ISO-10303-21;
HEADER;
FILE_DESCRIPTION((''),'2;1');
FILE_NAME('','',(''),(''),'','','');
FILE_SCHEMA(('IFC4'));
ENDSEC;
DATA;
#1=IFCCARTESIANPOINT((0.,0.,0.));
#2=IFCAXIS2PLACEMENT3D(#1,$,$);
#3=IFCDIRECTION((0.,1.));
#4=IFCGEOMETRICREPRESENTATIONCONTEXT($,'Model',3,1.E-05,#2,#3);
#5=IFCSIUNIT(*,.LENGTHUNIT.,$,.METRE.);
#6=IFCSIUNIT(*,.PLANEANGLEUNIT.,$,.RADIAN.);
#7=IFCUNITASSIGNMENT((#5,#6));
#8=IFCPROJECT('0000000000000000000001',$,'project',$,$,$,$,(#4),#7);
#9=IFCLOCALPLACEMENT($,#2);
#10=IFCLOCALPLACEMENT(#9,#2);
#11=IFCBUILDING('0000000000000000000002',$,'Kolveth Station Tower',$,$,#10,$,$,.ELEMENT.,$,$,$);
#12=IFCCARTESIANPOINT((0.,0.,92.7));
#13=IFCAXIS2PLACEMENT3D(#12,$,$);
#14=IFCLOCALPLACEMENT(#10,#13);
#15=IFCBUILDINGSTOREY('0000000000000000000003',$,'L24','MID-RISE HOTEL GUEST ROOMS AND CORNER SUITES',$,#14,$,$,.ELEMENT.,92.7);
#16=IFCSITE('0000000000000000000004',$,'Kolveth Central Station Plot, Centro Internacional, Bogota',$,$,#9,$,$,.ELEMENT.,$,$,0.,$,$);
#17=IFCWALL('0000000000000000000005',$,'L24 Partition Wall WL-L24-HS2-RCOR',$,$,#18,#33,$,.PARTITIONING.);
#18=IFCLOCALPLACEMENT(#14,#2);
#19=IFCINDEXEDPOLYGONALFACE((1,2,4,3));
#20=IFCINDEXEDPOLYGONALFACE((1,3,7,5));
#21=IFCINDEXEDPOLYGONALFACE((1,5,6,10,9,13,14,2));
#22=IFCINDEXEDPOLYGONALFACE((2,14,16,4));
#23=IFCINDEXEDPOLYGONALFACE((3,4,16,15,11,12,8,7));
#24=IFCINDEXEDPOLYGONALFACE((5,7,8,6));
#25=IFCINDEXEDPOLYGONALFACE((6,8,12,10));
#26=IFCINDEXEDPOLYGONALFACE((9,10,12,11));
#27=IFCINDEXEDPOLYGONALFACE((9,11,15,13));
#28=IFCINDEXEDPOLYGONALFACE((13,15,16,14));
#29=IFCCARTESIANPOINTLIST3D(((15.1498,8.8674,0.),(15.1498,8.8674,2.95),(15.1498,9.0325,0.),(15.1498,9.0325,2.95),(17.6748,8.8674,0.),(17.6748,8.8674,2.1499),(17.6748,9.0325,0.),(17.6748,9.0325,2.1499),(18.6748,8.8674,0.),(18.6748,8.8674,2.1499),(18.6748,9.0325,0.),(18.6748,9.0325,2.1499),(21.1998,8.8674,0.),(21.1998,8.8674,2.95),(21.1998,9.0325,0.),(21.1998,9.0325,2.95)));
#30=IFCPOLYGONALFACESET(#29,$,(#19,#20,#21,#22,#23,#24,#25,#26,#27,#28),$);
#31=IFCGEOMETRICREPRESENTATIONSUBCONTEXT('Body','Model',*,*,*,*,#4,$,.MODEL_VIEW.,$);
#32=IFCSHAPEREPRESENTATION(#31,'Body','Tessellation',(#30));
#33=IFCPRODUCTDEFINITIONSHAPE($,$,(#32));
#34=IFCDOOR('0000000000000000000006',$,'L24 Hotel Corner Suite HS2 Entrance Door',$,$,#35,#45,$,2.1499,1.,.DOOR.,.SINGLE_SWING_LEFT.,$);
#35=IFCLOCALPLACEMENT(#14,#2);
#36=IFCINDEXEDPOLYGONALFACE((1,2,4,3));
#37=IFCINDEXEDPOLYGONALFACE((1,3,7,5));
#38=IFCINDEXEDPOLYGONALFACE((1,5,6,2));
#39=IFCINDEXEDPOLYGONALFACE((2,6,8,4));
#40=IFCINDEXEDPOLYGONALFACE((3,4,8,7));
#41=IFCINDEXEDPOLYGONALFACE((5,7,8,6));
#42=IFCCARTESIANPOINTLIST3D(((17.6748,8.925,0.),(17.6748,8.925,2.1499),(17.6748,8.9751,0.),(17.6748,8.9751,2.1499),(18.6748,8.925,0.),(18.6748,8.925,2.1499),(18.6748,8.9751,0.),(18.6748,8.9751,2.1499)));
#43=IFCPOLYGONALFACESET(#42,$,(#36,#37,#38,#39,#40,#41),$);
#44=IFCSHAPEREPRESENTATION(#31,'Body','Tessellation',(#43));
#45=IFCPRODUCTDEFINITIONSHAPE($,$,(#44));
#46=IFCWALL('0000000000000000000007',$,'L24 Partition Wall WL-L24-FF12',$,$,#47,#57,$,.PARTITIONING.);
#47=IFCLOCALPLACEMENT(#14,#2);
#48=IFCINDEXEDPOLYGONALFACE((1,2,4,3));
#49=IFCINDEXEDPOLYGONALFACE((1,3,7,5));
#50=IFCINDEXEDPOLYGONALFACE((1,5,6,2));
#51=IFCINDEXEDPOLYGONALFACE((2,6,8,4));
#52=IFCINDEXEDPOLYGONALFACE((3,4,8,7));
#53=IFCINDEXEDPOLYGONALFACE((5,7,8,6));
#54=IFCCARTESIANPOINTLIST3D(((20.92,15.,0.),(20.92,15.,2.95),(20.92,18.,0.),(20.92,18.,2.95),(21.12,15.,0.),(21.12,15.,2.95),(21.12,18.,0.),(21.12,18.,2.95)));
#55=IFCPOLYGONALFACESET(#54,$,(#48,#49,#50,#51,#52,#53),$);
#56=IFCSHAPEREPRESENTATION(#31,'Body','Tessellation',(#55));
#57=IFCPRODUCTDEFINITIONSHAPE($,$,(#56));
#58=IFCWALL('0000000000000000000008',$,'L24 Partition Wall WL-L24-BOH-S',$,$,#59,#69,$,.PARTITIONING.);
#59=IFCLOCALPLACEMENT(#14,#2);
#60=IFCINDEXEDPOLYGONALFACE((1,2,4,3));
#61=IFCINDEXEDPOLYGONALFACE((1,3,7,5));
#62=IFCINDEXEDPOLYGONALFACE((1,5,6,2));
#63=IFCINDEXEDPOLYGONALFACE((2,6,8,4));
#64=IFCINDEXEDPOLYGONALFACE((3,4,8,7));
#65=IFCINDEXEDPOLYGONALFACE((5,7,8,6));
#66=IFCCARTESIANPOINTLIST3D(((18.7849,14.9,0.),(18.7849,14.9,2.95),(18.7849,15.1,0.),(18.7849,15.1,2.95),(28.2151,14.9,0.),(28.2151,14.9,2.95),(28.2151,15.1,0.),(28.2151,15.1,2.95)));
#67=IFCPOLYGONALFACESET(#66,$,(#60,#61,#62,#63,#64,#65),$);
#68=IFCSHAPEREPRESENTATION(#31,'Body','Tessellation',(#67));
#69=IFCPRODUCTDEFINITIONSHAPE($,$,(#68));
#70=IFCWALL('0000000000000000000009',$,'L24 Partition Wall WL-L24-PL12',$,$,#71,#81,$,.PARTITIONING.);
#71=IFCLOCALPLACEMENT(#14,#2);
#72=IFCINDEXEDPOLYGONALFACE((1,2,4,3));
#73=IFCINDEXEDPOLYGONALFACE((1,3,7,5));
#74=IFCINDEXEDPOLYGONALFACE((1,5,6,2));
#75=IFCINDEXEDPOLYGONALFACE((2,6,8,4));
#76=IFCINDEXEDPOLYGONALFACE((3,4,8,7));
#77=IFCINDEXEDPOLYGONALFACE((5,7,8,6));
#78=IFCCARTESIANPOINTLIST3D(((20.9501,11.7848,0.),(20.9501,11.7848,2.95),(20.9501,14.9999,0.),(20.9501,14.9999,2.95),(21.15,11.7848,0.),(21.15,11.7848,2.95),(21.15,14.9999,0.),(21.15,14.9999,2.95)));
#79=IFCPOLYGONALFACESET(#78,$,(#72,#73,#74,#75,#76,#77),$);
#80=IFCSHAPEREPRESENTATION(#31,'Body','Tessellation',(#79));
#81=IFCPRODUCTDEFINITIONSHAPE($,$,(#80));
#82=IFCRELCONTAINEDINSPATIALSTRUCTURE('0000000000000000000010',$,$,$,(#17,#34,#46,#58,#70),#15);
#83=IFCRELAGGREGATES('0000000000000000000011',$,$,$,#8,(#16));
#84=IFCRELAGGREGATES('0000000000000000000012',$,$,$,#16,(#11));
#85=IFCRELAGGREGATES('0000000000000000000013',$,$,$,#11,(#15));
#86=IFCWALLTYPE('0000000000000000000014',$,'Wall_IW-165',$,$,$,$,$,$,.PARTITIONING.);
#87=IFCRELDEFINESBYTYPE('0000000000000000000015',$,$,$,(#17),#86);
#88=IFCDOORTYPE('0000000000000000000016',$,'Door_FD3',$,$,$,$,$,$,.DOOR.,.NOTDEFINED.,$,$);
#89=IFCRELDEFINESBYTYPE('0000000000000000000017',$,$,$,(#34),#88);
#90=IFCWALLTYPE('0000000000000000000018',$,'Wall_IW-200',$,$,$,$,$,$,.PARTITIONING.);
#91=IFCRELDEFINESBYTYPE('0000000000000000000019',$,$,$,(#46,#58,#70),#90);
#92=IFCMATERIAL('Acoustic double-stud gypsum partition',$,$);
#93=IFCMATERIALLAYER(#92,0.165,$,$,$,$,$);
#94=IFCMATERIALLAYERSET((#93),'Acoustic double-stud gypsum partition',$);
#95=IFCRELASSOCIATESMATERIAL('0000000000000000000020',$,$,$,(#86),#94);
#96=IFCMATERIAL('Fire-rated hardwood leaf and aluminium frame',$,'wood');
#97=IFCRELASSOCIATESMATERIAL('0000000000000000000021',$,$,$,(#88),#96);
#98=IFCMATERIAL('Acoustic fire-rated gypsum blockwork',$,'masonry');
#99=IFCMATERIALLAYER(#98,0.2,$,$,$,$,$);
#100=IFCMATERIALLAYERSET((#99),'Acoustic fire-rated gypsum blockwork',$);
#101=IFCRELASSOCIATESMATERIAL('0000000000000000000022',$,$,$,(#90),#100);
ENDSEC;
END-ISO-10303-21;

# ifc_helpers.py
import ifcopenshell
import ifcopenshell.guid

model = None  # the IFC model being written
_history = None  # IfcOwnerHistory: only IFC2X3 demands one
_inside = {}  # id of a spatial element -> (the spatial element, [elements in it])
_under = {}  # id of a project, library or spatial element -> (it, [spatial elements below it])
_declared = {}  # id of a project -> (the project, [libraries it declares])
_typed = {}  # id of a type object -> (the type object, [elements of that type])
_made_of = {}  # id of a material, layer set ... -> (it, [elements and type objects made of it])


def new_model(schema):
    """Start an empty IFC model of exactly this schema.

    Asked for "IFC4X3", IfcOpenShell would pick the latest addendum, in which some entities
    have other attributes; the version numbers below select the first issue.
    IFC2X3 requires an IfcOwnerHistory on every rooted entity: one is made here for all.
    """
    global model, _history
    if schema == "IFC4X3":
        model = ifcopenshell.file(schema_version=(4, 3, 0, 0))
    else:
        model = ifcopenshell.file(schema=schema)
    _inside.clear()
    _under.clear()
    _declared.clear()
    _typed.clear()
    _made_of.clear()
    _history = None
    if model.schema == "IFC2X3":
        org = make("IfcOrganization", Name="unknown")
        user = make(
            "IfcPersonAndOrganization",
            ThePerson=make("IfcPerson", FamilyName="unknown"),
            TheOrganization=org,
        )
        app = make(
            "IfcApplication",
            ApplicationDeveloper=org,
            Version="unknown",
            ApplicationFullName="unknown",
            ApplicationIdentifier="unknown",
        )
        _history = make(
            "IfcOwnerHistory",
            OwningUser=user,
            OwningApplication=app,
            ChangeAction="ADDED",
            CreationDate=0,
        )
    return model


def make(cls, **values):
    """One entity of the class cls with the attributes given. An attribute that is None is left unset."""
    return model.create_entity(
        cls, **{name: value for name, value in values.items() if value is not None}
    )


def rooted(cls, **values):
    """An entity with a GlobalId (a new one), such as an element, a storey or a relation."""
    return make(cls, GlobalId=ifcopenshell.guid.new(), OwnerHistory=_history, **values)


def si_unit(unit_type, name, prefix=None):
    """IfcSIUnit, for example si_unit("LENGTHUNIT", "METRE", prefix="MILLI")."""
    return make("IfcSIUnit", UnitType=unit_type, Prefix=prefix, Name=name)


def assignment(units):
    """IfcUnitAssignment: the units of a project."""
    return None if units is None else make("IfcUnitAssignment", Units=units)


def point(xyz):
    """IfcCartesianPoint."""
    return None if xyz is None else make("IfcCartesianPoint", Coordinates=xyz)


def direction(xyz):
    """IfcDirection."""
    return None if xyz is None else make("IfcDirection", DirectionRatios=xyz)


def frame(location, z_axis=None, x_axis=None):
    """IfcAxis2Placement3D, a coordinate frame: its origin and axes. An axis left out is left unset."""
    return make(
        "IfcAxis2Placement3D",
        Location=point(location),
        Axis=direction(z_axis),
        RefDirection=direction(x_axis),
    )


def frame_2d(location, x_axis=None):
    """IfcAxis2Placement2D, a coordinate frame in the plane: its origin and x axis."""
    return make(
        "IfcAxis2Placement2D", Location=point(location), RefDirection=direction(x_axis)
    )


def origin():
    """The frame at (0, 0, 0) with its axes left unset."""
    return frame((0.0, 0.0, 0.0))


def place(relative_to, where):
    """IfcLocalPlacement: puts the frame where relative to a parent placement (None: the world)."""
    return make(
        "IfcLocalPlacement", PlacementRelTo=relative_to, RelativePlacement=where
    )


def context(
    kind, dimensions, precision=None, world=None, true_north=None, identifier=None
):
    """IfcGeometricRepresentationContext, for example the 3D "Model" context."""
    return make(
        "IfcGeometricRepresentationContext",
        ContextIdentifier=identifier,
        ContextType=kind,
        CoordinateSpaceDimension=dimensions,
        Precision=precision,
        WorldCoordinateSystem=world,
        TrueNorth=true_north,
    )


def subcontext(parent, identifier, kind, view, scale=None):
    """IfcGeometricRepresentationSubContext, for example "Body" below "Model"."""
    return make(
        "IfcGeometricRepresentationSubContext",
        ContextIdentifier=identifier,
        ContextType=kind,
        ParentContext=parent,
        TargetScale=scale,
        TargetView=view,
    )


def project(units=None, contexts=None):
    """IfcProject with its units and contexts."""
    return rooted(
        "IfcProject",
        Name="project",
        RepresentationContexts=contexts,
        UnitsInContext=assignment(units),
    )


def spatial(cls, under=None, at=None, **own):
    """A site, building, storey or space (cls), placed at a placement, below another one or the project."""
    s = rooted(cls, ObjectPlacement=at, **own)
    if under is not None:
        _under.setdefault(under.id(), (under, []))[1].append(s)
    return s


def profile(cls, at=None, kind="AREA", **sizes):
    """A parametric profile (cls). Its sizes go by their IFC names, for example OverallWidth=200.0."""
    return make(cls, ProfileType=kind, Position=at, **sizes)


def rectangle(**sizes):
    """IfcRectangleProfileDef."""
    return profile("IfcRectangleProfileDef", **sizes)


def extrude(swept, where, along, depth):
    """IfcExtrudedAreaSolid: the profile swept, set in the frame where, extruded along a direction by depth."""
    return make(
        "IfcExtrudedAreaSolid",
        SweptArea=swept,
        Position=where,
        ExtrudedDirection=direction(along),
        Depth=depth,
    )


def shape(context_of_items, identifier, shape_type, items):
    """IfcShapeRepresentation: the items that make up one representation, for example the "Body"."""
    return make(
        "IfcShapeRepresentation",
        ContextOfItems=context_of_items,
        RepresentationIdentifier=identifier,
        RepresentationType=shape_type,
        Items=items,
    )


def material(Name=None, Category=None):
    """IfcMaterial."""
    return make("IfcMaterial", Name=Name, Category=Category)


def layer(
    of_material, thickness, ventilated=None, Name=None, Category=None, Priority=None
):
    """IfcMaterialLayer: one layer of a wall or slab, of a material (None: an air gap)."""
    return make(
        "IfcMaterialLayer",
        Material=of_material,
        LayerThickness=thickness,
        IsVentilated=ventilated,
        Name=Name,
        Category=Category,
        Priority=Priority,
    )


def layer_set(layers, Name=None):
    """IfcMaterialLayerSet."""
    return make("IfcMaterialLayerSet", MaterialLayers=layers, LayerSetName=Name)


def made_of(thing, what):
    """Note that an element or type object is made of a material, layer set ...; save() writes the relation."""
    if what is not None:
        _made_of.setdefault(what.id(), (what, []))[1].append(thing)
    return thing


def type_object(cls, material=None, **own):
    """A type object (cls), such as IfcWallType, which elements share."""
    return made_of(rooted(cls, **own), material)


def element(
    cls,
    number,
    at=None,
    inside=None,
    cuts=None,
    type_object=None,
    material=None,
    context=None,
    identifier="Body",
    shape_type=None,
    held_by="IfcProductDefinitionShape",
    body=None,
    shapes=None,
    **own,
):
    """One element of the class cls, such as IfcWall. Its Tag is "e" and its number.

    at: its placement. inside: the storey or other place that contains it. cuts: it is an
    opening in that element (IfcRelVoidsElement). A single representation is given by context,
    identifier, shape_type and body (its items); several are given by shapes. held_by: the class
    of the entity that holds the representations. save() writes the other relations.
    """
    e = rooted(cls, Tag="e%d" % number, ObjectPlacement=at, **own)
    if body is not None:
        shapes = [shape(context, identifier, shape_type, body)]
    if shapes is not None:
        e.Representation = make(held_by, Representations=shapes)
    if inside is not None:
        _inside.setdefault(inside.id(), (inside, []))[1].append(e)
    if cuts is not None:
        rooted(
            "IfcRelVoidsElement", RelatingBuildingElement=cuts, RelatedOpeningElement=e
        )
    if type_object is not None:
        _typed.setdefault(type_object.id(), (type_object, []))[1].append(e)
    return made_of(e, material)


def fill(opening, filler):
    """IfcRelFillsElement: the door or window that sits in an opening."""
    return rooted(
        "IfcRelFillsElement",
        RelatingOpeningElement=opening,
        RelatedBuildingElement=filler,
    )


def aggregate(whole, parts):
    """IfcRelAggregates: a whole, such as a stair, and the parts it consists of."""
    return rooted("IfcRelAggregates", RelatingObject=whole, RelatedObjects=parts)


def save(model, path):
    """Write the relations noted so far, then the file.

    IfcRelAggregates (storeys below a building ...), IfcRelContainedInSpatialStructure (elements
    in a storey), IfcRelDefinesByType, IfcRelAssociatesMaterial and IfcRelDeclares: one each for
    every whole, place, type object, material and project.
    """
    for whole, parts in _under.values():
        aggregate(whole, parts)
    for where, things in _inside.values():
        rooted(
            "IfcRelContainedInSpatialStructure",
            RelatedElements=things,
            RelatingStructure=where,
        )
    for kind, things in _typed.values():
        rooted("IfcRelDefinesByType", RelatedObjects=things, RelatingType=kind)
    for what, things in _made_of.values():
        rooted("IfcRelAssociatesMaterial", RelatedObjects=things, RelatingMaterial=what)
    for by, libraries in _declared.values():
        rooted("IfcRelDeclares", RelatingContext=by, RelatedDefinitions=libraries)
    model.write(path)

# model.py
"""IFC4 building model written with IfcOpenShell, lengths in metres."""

from ifc_helpers import new_model, si_unit, direction, frame, frame_2d, origin, place, context, subcontext, project, spatial, rectangle, extrude, material, layer, layer_set, type_object, element, fill, save


model = new_model("IFC4")

# Units and contexts
model_context = context("Model", 3, precision=1e-05, world=origin(), true_north=direction((0.0, 1.0)))
body_context = subcontext(model_context, "Body", "Model", "MODEL_VIEW")
ifc_project = project(units=[si_unit("LENGTHUNIT", "METRE"), si_unit("PLANEANGLEUNIT", "RADIAN")], contexts=[model_context])

# Site, building, storey
site_placement = place(None, origin())
site = spatial("IfcSite", under=ifc_project, at=site_placement, Name="Kolveth Central Station Plot, Centro Internacional, Bogota", CompositionType="ELEMENT", RefElevation=0.0)
building_placement = place(site_placement, origin())
building = spatial("IfcBuilding", under=site, at=building_placement, Name="Kolveth Station Tower", CompositionType="ELEMENT")
storey_placement = place(building_placement, frame((0.0, 0.0, 92.7)))
storey = spatial("IfcBuildingStorey", under=building, at=storey_placement, Name="L24", Description="MID-RISE HOTEL GUEST ROOMS AND CORNER SUITES", CompositionType="ELEMENT", Elevation=92.7)

# Shared definitions
ifc_material_1 = material(Name="Acoustic double-stud gypsum partition")
ifc_layer_1 = layer(ifc_material_1, 0.165)
ifc_layer_set_1 = layer_set([ifc_layer_1], Name="Acoustic double-stud gypsum partition")
wall_type_1 = type_object("IfcWallType", Name="Wall_IW-165", PredefinedType="PARTITIONING", material=ifc_layer_set_1)

# Wall, opening, door
wall_1_placement = place(storey_placement, frame((15.1499, 8.95, 0.0), z_axis=(0.0, 0.0, 1.0), x_axis=(1.0, 0.0, 0.0)))
wall_1 = element("IfcWall", 1, at=wall_1_placement, inside=storey, type_object=wall_type_1, Name="L24 Partition Wall WL-L24-HS2-RCOR", PredefinedType="PARTITIONING", context=body_context, shape_type="SweptSolid", body=[
    extrude(rectangle(XDim=6.05, YDim=0.165, at=frame_2d((3.0249, 0.0))), origin(), (0.0, 0.0, 1.0), 2.95),
])
opening_1_placement = place(wall_1_placement, frame((2.5249, 0.0, 0.0)))
opening_1 = element("IfcOpeningElement", 2, at=opening_1_placement, cuts=wall_1, PredefinedType="OPENING", context=body_context, shape_type="SweptSolid", body=[
    extrude(rectangle(XDim=1.0, YDim=2.1499, at=frame_2d((0.5, 1.075))), frame((0.0, 0.0925, 0.0), z_axis=(0.0, -1.0, 0.0), x_axis=(1.0, 0.0, 0.0)), (0.0, 0.0, 1.0), 0.1851),
])
ifc_material_2 = material(Name="Fire-rated hardwood leaf and aluminium frame", Category="wood")
door_type_1 = type_object("IfcDoorType", Name="Door_FD3", OperationType="NOTDEFINED", PredefinedType="DOOR", material=ifc_material_2)
door_1_placement = place(opening_1_placement, frame((1.0, 0.0, 0.0), z_axis=(0.0, 0.0, 1.0), x_axis=(-1.0, 0.0, 0.0)))
door_1 = element("IfcDoor", 3, at=door_1_placement, inside=storey, type_object=door_type_1, Name="L24 Hotel Corner Suite HS2 Entrance Door", OperationType="SINGLE_SWING_LEFT", OverallHeight=2.1499, OverallWidth=1.0, PredefinedType="DOOR", context=body_context, shape_type="SweptSolid", body=[
    extrude(rectangle(XDim=1.0, YDim=2.1499, at=frame_2d((0.5, 1.075))), frame((0.0, 0.0249, 0.0), z_axis=(0.0, -1.0, 0.0), x_axis=(1.0, 0.0, 0.0)), (0.0, 0.0, 1.0), 0.05),
])
fill(opening_1, door_1)

# Walls
ifc_material_3 = material(Name="Acoustic fire-rated gypsum blockwork", Category="masonry")
ifc_layer_2 = layer(ifc_material_3, 0.2)
ifc_layer_set_2 = layer_set([ifc_layer_2], Name="Acoustic fire-rated gypsum blockwork")
wall_type_2 = type_object("IfcWallType", Name="Wall_IW-200", PredefinedType="PARTITIONING", material=ifc_layer_set_2)
wall_2_placement = place(storey_placement, frame((21.02, 15.0, 0.0), z_axis=(0.0, 0.0, 1.0), x_axis=(0.0, 1.0, 0.0)))
element("IfcWall", 4, at=wall_2_placement, inside=storey, type_object=wall_type_2, Name="L24 Partition Wall WL-L24-FF12", PredefinedType="PARTITIONING", context=body_context, shape_type="SweptSolid", body=[
    extrude(rectangle(XDim=3.0, YDim=0.2, at=frame_2d((1.5, 0.0))), origin(), (0.0, 0.0, 1.0), 2.95),
])
wall_3_placement = place(storey_placement, frame((18.7849, 15.0, 0.0), z_axis=(0.0, 0.0, 1.0), x_axis=(1.0, 0.0, 0.0)))
element("IfcWall", 5, at=wall_3_placement, inside=storey, type_object=wall_type_2, Name="L24 Partition Wall WL-L24-BOH-S", PredefinedType="PARTITIONING", context=body_context, shape_type="SweptSolid", body=[
    extrude(rectangle(XDim=9.4302, YDim=0.2, at=frame_2d((4.7151, 0.0))), origin(), (0.0, 0.0, 1.0), 2.95),
])
wall_4_placement = place(storey_placement, frame((21.05, 11.7849, 0.0), z_axis=(0.0, 0.0, 1.0), x_axis=(0.0, 1.0, 0.0)))
element("IfcWall", 6, at=wall_4_placement, inside=storey, type_object=wall_type_2, Name="L24 Partition Wall WL-L24-PL12", PredefinedType="PARTITIONING", context=body_context, shape_type="SweptSolid", body=[
    extrude(rectangle(XDim=3.2151, YDim=0.2, at=frame_2d((1.6074, 0.0))), origin(), (0.0, 0.0, 1.0), 2.95),
])

save(model, "model.ifc")
